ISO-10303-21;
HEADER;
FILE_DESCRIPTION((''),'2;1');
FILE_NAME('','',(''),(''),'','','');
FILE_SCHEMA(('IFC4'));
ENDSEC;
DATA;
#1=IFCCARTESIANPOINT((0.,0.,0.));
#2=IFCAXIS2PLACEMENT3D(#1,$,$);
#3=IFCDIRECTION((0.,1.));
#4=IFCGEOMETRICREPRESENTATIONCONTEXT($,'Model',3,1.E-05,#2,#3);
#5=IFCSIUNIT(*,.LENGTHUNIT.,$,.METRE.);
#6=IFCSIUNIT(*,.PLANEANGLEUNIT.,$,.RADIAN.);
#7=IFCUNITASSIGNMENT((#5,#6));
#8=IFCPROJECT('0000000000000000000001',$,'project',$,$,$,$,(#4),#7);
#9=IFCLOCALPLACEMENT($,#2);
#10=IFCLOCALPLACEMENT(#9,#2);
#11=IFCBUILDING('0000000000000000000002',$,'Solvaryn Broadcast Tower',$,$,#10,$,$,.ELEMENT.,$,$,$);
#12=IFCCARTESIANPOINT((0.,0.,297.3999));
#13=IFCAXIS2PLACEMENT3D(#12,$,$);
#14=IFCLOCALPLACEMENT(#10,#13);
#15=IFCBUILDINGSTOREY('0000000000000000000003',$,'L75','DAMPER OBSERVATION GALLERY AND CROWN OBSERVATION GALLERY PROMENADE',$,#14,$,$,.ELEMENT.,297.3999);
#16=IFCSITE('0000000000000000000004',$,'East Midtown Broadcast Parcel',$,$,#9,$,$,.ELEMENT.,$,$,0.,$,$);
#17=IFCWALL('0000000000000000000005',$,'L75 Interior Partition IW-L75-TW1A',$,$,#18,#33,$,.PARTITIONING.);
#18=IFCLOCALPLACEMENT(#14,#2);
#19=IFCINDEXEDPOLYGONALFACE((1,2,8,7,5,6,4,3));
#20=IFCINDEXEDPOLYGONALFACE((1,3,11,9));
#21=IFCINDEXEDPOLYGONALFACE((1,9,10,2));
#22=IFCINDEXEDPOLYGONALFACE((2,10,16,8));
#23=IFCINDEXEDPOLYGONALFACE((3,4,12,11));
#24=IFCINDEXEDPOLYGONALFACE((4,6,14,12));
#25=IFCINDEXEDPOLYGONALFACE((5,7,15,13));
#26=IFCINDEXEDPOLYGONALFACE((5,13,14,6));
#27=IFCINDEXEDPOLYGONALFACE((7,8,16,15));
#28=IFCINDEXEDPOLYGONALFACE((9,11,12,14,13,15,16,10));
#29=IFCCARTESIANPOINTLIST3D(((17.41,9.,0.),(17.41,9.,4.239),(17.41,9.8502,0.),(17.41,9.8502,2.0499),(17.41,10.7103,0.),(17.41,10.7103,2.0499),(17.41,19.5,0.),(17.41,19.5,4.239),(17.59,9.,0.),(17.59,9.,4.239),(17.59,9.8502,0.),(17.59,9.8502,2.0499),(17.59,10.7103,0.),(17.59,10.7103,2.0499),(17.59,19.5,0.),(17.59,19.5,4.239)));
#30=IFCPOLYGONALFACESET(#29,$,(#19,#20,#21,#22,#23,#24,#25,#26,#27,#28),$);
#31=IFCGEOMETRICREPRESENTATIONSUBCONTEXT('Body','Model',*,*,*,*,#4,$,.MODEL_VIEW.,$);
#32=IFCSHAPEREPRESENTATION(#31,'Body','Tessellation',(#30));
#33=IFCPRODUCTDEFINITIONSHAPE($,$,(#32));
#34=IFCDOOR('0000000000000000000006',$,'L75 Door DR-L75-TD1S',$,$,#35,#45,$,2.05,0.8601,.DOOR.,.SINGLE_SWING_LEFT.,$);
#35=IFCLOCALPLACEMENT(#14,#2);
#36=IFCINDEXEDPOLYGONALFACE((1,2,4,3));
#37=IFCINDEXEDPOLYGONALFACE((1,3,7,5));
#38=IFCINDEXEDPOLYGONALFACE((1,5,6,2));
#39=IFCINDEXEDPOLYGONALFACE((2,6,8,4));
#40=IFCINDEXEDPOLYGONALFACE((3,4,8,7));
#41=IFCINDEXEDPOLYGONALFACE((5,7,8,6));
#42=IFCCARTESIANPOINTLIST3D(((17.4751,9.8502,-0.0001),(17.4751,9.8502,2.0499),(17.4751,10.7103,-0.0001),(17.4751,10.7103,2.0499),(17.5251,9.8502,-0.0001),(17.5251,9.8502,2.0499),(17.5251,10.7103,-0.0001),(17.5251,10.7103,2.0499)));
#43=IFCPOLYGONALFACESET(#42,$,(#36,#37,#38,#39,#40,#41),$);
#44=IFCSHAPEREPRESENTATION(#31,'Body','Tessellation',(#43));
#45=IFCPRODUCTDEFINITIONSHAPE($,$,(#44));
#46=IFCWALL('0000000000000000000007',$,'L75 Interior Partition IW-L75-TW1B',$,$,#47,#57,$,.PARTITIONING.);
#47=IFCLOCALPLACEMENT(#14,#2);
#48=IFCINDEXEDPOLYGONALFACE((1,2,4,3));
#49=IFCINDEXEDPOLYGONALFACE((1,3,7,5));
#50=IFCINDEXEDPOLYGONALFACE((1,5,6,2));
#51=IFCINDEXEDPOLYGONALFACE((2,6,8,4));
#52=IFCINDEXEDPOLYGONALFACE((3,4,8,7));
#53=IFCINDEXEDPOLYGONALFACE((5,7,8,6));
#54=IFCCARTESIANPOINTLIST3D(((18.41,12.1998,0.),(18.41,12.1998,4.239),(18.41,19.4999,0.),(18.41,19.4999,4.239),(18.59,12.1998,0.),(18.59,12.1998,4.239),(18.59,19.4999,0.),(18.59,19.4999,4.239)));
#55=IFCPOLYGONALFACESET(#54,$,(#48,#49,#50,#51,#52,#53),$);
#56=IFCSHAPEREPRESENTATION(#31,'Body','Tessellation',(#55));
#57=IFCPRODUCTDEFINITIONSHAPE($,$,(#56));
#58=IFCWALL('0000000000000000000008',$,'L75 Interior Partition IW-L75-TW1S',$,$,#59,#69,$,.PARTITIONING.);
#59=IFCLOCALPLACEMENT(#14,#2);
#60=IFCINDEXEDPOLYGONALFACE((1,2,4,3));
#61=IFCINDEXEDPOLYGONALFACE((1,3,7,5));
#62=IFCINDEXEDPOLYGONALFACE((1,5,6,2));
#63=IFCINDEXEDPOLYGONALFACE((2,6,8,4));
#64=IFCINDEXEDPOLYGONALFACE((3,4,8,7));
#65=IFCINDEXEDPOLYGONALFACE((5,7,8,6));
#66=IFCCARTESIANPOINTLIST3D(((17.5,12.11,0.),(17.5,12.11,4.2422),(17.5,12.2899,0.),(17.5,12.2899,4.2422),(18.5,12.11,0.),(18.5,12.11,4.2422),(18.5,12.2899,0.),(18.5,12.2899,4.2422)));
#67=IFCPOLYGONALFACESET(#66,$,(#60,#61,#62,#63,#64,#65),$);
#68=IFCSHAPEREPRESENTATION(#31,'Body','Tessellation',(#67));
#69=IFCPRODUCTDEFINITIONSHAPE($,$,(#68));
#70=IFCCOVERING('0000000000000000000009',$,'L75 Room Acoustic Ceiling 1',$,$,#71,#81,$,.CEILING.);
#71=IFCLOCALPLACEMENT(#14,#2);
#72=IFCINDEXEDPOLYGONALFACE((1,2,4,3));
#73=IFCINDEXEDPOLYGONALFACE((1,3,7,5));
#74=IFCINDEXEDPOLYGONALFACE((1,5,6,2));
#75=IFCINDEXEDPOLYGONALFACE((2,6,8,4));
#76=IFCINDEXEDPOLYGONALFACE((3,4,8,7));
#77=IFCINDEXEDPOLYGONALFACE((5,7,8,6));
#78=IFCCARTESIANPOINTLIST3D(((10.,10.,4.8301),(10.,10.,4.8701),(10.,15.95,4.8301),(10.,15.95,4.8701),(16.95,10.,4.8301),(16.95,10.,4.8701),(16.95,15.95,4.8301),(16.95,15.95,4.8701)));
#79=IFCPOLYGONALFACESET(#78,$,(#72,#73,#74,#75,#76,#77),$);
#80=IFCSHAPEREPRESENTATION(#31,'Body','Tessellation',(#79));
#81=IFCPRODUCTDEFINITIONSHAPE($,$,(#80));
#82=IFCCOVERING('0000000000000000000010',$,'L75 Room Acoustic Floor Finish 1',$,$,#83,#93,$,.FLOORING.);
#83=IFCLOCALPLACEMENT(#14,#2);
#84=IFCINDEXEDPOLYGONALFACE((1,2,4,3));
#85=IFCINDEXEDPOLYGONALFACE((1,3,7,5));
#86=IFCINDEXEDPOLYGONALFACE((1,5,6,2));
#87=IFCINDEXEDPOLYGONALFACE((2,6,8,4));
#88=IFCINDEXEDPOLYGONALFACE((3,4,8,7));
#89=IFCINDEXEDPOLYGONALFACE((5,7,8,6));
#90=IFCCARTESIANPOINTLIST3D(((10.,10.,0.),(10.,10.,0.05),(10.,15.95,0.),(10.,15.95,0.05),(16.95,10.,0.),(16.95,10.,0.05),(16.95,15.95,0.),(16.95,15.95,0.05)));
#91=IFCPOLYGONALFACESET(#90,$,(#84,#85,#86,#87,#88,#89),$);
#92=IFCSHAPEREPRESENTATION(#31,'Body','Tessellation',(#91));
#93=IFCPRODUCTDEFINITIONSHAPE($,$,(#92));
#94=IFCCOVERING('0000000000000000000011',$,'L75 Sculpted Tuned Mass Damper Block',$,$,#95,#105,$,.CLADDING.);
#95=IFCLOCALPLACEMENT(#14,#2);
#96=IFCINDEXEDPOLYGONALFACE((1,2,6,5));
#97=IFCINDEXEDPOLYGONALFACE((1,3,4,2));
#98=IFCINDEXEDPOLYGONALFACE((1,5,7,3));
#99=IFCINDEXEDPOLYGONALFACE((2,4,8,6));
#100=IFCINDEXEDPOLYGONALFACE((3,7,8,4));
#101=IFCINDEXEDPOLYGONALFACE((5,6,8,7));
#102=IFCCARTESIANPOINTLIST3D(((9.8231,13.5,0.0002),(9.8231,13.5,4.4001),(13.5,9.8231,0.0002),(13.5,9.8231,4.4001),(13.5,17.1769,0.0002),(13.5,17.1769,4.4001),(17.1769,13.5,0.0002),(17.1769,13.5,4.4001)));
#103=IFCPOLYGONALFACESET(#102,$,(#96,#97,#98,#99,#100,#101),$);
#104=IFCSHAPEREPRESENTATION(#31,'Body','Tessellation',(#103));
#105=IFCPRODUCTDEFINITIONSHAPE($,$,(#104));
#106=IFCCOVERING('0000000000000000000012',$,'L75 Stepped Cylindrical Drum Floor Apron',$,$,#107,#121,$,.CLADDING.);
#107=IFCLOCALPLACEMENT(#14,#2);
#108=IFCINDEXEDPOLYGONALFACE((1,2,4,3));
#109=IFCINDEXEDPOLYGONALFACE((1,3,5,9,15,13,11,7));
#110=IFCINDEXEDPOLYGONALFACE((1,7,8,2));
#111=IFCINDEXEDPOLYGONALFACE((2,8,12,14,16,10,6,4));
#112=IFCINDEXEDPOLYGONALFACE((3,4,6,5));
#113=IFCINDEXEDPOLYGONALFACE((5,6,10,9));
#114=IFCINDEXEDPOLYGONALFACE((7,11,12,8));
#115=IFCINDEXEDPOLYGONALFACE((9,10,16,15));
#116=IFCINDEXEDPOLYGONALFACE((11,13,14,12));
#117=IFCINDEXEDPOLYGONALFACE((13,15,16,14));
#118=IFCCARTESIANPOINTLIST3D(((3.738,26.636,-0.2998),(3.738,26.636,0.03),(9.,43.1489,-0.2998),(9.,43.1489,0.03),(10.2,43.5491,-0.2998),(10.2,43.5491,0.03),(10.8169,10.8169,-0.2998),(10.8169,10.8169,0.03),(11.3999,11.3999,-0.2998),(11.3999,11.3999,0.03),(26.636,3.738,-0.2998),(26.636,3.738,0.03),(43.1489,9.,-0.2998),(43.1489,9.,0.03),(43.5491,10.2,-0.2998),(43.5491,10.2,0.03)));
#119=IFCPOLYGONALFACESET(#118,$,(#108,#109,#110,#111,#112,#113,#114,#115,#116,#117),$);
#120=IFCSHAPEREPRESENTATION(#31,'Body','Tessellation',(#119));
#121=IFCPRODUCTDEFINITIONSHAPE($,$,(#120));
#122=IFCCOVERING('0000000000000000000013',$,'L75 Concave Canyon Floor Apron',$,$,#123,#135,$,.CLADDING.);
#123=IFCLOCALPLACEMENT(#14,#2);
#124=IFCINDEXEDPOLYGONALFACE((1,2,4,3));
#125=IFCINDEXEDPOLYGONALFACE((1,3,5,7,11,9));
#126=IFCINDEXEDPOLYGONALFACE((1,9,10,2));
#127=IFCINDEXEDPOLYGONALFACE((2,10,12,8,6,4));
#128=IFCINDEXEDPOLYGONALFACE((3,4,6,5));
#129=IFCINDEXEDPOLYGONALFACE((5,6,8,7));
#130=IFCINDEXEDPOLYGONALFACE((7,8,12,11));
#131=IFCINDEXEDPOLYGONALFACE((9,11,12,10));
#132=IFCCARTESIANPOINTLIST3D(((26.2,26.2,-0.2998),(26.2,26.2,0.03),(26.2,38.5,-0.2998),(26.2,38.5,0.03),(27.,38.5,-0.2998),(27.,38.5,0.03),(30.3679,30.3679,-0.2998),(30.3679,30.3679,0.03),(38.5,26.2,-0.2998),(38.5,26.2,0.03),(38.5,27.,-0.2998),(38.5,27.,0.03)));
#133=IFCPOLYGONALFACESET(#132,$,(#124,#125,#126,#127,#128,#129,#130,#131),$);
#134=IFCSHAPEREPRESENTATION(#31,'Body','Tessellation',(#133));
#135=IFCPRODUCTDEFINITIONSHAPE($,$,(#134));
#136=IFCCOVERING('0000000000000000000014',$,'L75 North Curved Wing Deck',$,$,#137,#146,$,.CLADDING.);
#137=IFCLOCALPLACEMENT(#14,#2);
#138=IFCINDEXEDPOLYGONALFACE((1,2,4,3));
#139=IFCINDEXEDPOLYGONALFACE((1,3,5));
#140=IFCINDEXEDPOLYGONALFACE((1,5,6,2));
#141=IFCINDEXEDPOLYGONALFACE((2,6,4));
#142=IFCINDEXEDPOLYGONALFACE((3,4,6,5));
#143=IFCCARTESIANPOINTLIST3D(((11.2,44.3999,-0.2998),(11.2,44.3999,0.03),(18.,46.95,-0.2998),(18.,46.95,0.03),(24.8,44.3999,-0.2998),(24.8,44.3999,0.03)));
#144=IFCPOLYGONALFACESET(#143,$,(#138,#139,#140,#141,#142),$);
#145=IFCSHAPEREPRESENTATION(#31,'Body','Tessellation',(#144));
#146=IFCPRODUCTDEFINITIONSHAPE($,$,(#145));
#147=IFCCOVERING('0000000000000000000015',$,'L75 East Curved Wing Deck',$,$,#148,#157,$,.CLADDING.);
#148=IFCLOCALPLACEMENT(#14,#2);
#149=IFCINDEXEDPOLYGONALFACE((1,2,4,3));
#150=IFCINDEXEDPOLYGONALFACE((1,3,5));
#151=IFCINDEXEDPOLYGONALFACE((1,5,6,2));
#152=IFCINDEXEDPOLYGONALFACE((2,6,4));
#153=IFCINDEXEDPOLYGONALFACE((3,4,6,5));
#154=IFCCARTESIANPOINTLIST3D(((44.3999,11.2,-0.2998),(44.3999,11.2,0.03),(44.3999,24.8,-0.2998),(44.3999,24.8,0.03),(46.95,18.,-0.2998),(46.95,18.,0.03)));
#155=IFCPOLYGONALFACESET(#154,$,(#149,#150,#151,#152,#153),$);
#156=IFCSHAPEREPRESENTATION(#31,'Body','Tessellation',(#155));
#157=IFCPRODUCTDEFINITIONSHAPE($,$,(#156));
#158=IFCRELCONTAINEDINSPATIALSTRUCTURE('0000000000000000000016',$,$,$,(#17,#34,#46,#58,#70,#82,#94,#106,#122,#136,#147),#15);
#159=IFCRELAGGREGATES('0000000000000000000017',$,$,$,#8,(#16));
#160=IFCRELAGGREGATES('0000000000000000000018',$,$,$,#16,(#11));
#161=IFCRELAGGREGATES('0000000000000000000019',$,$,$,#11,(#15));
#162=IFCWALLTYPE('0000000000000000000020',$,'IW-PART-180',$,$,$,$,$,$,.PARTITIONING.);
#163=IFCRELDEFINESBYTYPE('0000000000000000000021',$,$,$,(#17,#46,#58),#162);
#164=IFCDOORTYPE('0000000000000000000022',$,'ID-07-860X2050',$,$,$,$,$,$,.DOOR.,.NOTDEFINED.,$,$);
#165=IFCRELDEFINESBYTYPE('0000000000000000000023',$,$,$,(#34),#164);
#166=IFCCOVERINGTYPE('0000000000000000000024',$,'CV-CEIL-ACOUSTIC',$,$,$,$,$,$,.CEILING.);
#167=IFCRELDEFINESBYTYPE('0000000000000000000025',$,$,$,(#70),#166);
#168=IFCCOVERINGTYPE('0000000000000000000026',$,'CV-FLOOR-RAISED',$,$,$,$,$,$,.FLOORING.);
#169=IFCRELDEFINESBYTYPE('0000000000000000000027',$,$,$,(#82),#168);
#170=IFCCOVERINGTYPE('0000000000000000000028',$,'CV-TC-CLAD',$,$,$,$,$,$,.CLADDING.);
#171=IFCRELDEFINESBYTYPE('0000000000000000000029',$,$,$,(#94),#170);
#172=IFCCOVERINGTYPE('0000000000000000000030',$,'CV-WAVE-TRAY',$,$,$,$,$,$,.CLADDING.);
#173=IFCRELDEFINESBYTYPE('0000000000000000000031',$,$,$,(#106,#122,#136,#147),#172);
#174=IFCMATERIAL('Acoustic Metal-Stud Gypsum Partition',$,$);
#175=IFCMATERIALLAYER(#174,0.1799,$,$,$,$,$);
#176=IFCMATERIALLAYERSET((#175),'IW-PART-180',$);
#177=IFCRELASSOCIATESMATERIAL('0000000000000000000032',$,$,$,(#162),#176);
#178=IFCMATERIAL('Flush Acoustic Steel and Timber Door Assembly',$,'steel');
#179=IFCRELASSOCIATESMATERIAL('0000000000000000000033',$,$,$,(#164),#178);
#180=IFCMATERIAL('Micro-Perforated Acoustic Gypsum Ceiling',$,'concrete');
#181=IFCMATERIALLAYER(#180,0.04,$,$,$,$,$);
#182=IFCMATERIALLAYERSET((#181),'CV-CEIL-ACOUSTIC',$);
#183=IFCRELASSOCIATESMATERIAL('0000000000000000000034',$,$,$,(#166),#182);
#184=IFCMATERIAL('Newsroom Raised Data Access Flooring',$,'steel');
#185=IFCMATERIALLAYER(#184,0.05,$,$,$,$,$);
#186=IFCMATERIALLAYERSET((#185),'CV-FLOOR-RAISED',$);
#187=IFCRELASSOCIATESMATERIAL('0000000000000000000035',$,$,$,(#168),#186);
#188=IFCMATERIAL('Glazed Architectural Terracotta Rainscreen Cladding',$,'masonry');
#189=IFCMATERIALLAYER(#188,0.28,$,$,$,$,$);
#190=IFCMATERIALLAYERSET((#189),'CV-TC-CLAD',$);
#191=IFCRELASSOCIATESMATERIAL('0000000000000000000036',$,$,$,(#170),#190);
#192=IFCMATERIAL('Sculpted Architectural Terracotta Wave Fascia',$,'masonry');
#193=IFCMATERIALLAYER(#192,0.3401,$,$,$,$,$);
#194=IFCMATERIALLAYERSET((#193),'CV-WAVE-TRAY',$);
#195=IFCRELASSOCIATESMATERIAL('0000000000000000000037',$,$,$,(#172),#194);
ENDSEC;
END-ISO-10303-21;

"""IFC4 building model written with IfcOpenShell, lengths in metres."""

from ifc_helpers import new_model, si_unit, direction, frame, frame_2d, origin, origin_2d, place, context, subcontext, project, spatial, polyline, rectangle, outline, extrude, material, layer, layer_set, type_object, element, fill, save


model = new_model("IFC4")

# Units and contexts
model_context = context("Model", 3, precision=1e-05, world=origin(), true_north=direction((0.0, 1.0)))
body_context = subcontext(model_context, "Body", "Model", "MODEL_VIEW")
ifc_project = project(units=[si_unit("LENGTHUNIT", "METRE"), si_unit("PLANEANGLEUNIT", "RADIAN")], contexts=[model_context])

# Site, building, storey
site_placement = place(None, origin())
site = spatial("IfcSite", under=ifc_project, at=site_placement, Name="East Midtown Broadcast Parcel", CompositionType="ELEMENT", RefElevation=0.0)
building_placement = place(site_placement, origin())
building = spatial("IfcBuilding", under=site, at=building_placement, Name="Solvaryn Broadcast Tower", CompositionType="ELEMENT")
storey_placement = place(building_placement, frame((0.0, 0.0, 297.3999)))
storey = spatial("IfcBuildingStorey", under=building, at=storey_placement, Name="L75", Description="DAMPER OBSERVATION GALLERY AND CROWN OBSERVATION GALLERY PROMENADE", CompositionType="ELEMENT", Elevation=297.3999)

# Wall, opening, door
ifc_material_1 = material(Name="Acoustic Metal-Stud Gypsum Partition")
ifc_layer_1 = layer(ifc_material_1, 0.1799)
ifc_layer_set_1 = layer_set([ifc_layer_1], Name="IW-PART-180")
wall_type = type_object("IfcWallType", Name="IW-PART-180", PredefinedType="PARTITIONING", material=ifc_layer_set_1)
wall_1_placement = place(storey_placement, frame((17.5, 9.0, 0.0), z_axis=(0.0, 0.0, 1.0), x_axis=(0.0, 1.0, 0.0)))
wall_1 = element("IfcWall", 1, at=wall_1_placement, inside=storey, type_object=wall_type, Name="L75 Interior Partition IW-L75-TW1A", PredefinedType="PARTITIONING", context=body_context, shape_type="SweptSolid", body=[
    extrude(rectangle(XDim=10.5, YDim=0.1799, at=frame_2d((5.25, 0.0))), origin(), (0.0, 0.0, 1.0), 4.239),
])
opening_placement = place(wall_1_placement, frame((0.8501, 0.0, 0.0)))
opening = element("IfcOpeningElement", 2, at=opening_placement, cuts=wall_1, PredefinedType="OPENING", context=body_context, shape_type="SweptSolid", body=[
    extrude(rectangle(XDim=0.8601, YDim=2.05, at=frame_2d((0.4302, 1.0249))), frame((0.0, 0.0999, 0.0), z_axis=(0.0, -1.0, 0.0), x_axis=(1.0, 0.0, 0.0)), (0.0, 0.0, 1.0), 0.2),
])
ifc_material_2 = material(Name="Flush Acoustic Steel and Timber Door Assembly", Category="steel")
door_type = type_object("IfcDoorType", Name="ID-07-860X2050", OperationType="NOTDEFINED", PredefinedType="DOOR", material=ifc_material_2)
door_placement = place(opening_placement, origin())
door = element("IfcDoor", 3, at=door_placement, inside=storey, type_object=door_type, Name="L75 Door DR-L75-TD1S", OperationType="SINGLE_SWING_LEFT", OverallHeight=2.05, OverallWidth=0.8601, PredefinedType="DOOR", context=body_context, shape_type="SweptSolid", body=[
    extrude(rectangle(XDim=0.8601, YDim=2.05, at=frame_2d((0.4302, 1.0249))), frame((0.0, 0.0249, 0.0), z_axis=(0.0, -1.0, 0.0), x_axis=(1.0, 0.0, 0.0)), (0.0, 0.0, 1.0), 0.05),
])
fill(opening, door)

# Walls
wall_2_placement = place(storey_placement, frame((18.5, 12.2, 0.0), z_axis=(0.0, 0.0, 1.0), x_axis=(0.0, 1.0, 0.0)))
element("IfcWall", 4, at=wall_2_placement, inside=storey, type_object=wall_type, Name="L75 Interior Partition IW-L75-TW1B", PredefinedType="PARTITIONING", context=body_context, shape_type="SweptSolid", body=[
    extrude(rectangle(XDim=7.3, YDim=0.1799, at=frame_2d((3.6499, 0.0))), origin(), (0.0, 0.0, 1.0), 4.239),
])
wall_3_placement = place(storey_placement, frame((17.5, 12.2, 0.0), z_axis=(0.0, 0.0, 1.0), x_axis=(1.0, 0.0, 0.0)))
element("IfcWall", 5, at=wall_3_placement, inside=storey, type_object=wall_type, Name="L75 Interior Partition IW-L75-TW1S", PredefinedType="PARTITIONING", context=body_context, shape_type="SweptSolid", body=[
    extrude(rectangle(XDim=1.0, YDim=0.1799, at=frame_2d((0.5, 0.0))), origin(), (0.0, 0.0, 1.0), 4.2422),
])

# Coverings
ifc_material_3 = material(Name="Micro-Perforated Acoustic Gypsum Ceiling", Category="concrete")
ifc_layer_2 = layer(ifc_material_3, 0.04)
ifc_layer_set_2 = layer_set([ifc_layer_2], Name="CV-CEIL-ACOUSTIC")
covering_type_1 = type_object("IfcCoveringType", Name="CV-CEIL-ACOUSTIC", PredefinedType="CEILING", material=ifc_layer_set_2)
covering_1_placement = place(storey_placement, frame((0.0, 0.0, 4.8301)))
element("IfcCovering", 6, at=covering_1_placement, inside=storey, type_object=covering_type_1, Name="L75 Room Acoustic Ceiling 1", PredefinedType="CEILING", context=body_context, shape_type="SweptSolid", body=[
    extrude(outline(polyline([(10.0, 10.0), (16.95, 10.0), (16.95, 15.95), (10.0, 15.95), (10.0, 10.0)])), origin(), (0.0, 0.0, 1.0), 0.04),
])
ifc_material_4 = material(Name="Newsroom Raised Data Access Flooring", Category="steel")
ifc_layer_3 = layer(ifc_material_4, 0.05)
ifc_layer_set_3 = layer_set([ifc_layer_3], Name="CV-FLOOR-RAISED")
covering_type_2 = type_object("IfcCoveringType", Name="CV-FLOOR-RAISED", PredefinedType="FLOORING", material=ifc_layer_set_3)
covering_2_placement = place(storey_placement, origin())
element("IfcCovering", 7, at=covering_2_placement, inside=storey, type_object=covering_type_2, Name="L75 Room Acoustic Floor Finish 1", PredefinedType="FLOORING", context=body_context, shape_type="SweptSolid", body=[
    extrude(outline(polyline([(10.0, 10.0), (16.95, 10.0), (16.95, 15.95), (10.0, 15.95), (10.0, 10.0)])), origin(), (0.0, 0.0, 1.0), 0.05),
])
ifc_material_5 = material(Name="Glazed Architectural Terracotta Rainscreen Cladding", Category="masonry")
ifc_layer_4 = layer(ifc_material_5, 0.28)
ifc_layer_set_4 = layer_set([ifc_layer_4], Name="CV-TC-CLAD")
covering_type_3 = type_object("IfcCoveringType", Name="CV-TC-CLAD", PredefinedType="CLADDING", material=ifc_layer_set_4)
covering_3_placement = place(storey_placement, frame((13.5, 13.5, 0.0002), z_axis=(0.0, 0.0, 1.0), x_axis=(0.707107, 0.707107, 0.0)))
element("IfcCovering", 8, at=covering_3_placement, inside=storey, type_object=covering_type_3, Name="L75 Sculpted Tuned Mass Damper Block", PredefinedType="CLADDING", context=body_context, shape_type="SweptSolid", body=[
    extrude(rectangle(XDim=5.2, YDim=5.2, at=origin_2d()), origin(), (0.0, 0.0, 1.0), 4.3999),
])
ifc_material_6 = material(Name="Sculpted Architectural Terracotta Wave Fascia", Category="masonry")
ifc_layer_5 = layer(ifc_material_6, 0.3401)
ifc_layer_set_5 = layer_set([ifc_layer_5], Name="CV-WAVE-TRAY")
covering_type_4 = type_object("IfcCoveringType", Name="CV-WAVE-TRAY", PredefinedType="CLADDING", material=ifc_layer_set_5)
covering_4_placement = place(storey_placement, frame((0.0, 0.0, -0.2998)))
element("IfcCovering", 9, at=covering_4_placement, inside=storey, type_object=covering_type_4, Name="L75 Stepped Cylindrical Drum Floor Apron", PredefinedType="CLADDING", context=body_context, shape_type="SweptSolid", body=[
    extrude(outline(polyline([(10.2, 43.5491), (9.0, 43.1489), (3.738, 26.636), (10.8169, 10.8169), (26.636, 3.738), (43.1489, 9.0), (43.1489, 9.0), (43.5491, 10.2), (11.3999, 11.3999), (10.2, 43.5491)])), origin(), (0.0, 0.0, 1.0), 0.3298),
])
covering_5_placement = place(storey_placement, frame((0.0, 0.0, -0.2998)))
element("IfcCovering", 10, at=covering_5_placement, inside=storey, type_object=covering_type_4, Name="L75 Concave Canyon Floor Apron", PredefinedType="CLADDING", context=body_context, shape_type="SweptSolid", body=[
    extrude(outline(polyline([(26.2, 26.2), (38.5, 26.2), (38.5, 27.0), (30.3679, 30.3679), (27.0, 38.5), (26.2, 38.5), (26.2, 26.2)])), origin(), (0.0, 0.0, 1.0), 0.3298),
])
covering_6_placement = place(storey_placement, frame((0.0, 0.0, -0.2998)))
element("IfcCovering", 11, at=covering_6_placement, inside=storey, type_object=covering_type_4, Name="L75 North Curved Wing Deck", PredefinedType="CLADDING", context=body_context, shape_type="SweptSolid", body=[
    extrude(outline(polyline([(11.2, 44.3999), (24.8, 44.3999), (18.0, 46.95), (11.2, 44.3999)])), origin(), (0.0, 0.0, 1.0), 0.3298),
])
covering_7_placement = place(storey_placement, frame((0.0, 0.0, -0.2998)))
element("IfcCovering", 12, at=covering_7_placement, inside=storey, type_object=covering_type_4, Name="L75 East Curved Wing Deck", PredefinedType="CLADDING", context=body_context, shape_type="SweptSolid", body=[
    extrude(outline(polyline([(44.3999, 11.2), (46.95, 18.0), (44.3999, 24.8), (44.3999, 11.2)])), origin(), (0.0, 0.0, 1.0), 0.3298),
])

save(model, "model.ifc")
